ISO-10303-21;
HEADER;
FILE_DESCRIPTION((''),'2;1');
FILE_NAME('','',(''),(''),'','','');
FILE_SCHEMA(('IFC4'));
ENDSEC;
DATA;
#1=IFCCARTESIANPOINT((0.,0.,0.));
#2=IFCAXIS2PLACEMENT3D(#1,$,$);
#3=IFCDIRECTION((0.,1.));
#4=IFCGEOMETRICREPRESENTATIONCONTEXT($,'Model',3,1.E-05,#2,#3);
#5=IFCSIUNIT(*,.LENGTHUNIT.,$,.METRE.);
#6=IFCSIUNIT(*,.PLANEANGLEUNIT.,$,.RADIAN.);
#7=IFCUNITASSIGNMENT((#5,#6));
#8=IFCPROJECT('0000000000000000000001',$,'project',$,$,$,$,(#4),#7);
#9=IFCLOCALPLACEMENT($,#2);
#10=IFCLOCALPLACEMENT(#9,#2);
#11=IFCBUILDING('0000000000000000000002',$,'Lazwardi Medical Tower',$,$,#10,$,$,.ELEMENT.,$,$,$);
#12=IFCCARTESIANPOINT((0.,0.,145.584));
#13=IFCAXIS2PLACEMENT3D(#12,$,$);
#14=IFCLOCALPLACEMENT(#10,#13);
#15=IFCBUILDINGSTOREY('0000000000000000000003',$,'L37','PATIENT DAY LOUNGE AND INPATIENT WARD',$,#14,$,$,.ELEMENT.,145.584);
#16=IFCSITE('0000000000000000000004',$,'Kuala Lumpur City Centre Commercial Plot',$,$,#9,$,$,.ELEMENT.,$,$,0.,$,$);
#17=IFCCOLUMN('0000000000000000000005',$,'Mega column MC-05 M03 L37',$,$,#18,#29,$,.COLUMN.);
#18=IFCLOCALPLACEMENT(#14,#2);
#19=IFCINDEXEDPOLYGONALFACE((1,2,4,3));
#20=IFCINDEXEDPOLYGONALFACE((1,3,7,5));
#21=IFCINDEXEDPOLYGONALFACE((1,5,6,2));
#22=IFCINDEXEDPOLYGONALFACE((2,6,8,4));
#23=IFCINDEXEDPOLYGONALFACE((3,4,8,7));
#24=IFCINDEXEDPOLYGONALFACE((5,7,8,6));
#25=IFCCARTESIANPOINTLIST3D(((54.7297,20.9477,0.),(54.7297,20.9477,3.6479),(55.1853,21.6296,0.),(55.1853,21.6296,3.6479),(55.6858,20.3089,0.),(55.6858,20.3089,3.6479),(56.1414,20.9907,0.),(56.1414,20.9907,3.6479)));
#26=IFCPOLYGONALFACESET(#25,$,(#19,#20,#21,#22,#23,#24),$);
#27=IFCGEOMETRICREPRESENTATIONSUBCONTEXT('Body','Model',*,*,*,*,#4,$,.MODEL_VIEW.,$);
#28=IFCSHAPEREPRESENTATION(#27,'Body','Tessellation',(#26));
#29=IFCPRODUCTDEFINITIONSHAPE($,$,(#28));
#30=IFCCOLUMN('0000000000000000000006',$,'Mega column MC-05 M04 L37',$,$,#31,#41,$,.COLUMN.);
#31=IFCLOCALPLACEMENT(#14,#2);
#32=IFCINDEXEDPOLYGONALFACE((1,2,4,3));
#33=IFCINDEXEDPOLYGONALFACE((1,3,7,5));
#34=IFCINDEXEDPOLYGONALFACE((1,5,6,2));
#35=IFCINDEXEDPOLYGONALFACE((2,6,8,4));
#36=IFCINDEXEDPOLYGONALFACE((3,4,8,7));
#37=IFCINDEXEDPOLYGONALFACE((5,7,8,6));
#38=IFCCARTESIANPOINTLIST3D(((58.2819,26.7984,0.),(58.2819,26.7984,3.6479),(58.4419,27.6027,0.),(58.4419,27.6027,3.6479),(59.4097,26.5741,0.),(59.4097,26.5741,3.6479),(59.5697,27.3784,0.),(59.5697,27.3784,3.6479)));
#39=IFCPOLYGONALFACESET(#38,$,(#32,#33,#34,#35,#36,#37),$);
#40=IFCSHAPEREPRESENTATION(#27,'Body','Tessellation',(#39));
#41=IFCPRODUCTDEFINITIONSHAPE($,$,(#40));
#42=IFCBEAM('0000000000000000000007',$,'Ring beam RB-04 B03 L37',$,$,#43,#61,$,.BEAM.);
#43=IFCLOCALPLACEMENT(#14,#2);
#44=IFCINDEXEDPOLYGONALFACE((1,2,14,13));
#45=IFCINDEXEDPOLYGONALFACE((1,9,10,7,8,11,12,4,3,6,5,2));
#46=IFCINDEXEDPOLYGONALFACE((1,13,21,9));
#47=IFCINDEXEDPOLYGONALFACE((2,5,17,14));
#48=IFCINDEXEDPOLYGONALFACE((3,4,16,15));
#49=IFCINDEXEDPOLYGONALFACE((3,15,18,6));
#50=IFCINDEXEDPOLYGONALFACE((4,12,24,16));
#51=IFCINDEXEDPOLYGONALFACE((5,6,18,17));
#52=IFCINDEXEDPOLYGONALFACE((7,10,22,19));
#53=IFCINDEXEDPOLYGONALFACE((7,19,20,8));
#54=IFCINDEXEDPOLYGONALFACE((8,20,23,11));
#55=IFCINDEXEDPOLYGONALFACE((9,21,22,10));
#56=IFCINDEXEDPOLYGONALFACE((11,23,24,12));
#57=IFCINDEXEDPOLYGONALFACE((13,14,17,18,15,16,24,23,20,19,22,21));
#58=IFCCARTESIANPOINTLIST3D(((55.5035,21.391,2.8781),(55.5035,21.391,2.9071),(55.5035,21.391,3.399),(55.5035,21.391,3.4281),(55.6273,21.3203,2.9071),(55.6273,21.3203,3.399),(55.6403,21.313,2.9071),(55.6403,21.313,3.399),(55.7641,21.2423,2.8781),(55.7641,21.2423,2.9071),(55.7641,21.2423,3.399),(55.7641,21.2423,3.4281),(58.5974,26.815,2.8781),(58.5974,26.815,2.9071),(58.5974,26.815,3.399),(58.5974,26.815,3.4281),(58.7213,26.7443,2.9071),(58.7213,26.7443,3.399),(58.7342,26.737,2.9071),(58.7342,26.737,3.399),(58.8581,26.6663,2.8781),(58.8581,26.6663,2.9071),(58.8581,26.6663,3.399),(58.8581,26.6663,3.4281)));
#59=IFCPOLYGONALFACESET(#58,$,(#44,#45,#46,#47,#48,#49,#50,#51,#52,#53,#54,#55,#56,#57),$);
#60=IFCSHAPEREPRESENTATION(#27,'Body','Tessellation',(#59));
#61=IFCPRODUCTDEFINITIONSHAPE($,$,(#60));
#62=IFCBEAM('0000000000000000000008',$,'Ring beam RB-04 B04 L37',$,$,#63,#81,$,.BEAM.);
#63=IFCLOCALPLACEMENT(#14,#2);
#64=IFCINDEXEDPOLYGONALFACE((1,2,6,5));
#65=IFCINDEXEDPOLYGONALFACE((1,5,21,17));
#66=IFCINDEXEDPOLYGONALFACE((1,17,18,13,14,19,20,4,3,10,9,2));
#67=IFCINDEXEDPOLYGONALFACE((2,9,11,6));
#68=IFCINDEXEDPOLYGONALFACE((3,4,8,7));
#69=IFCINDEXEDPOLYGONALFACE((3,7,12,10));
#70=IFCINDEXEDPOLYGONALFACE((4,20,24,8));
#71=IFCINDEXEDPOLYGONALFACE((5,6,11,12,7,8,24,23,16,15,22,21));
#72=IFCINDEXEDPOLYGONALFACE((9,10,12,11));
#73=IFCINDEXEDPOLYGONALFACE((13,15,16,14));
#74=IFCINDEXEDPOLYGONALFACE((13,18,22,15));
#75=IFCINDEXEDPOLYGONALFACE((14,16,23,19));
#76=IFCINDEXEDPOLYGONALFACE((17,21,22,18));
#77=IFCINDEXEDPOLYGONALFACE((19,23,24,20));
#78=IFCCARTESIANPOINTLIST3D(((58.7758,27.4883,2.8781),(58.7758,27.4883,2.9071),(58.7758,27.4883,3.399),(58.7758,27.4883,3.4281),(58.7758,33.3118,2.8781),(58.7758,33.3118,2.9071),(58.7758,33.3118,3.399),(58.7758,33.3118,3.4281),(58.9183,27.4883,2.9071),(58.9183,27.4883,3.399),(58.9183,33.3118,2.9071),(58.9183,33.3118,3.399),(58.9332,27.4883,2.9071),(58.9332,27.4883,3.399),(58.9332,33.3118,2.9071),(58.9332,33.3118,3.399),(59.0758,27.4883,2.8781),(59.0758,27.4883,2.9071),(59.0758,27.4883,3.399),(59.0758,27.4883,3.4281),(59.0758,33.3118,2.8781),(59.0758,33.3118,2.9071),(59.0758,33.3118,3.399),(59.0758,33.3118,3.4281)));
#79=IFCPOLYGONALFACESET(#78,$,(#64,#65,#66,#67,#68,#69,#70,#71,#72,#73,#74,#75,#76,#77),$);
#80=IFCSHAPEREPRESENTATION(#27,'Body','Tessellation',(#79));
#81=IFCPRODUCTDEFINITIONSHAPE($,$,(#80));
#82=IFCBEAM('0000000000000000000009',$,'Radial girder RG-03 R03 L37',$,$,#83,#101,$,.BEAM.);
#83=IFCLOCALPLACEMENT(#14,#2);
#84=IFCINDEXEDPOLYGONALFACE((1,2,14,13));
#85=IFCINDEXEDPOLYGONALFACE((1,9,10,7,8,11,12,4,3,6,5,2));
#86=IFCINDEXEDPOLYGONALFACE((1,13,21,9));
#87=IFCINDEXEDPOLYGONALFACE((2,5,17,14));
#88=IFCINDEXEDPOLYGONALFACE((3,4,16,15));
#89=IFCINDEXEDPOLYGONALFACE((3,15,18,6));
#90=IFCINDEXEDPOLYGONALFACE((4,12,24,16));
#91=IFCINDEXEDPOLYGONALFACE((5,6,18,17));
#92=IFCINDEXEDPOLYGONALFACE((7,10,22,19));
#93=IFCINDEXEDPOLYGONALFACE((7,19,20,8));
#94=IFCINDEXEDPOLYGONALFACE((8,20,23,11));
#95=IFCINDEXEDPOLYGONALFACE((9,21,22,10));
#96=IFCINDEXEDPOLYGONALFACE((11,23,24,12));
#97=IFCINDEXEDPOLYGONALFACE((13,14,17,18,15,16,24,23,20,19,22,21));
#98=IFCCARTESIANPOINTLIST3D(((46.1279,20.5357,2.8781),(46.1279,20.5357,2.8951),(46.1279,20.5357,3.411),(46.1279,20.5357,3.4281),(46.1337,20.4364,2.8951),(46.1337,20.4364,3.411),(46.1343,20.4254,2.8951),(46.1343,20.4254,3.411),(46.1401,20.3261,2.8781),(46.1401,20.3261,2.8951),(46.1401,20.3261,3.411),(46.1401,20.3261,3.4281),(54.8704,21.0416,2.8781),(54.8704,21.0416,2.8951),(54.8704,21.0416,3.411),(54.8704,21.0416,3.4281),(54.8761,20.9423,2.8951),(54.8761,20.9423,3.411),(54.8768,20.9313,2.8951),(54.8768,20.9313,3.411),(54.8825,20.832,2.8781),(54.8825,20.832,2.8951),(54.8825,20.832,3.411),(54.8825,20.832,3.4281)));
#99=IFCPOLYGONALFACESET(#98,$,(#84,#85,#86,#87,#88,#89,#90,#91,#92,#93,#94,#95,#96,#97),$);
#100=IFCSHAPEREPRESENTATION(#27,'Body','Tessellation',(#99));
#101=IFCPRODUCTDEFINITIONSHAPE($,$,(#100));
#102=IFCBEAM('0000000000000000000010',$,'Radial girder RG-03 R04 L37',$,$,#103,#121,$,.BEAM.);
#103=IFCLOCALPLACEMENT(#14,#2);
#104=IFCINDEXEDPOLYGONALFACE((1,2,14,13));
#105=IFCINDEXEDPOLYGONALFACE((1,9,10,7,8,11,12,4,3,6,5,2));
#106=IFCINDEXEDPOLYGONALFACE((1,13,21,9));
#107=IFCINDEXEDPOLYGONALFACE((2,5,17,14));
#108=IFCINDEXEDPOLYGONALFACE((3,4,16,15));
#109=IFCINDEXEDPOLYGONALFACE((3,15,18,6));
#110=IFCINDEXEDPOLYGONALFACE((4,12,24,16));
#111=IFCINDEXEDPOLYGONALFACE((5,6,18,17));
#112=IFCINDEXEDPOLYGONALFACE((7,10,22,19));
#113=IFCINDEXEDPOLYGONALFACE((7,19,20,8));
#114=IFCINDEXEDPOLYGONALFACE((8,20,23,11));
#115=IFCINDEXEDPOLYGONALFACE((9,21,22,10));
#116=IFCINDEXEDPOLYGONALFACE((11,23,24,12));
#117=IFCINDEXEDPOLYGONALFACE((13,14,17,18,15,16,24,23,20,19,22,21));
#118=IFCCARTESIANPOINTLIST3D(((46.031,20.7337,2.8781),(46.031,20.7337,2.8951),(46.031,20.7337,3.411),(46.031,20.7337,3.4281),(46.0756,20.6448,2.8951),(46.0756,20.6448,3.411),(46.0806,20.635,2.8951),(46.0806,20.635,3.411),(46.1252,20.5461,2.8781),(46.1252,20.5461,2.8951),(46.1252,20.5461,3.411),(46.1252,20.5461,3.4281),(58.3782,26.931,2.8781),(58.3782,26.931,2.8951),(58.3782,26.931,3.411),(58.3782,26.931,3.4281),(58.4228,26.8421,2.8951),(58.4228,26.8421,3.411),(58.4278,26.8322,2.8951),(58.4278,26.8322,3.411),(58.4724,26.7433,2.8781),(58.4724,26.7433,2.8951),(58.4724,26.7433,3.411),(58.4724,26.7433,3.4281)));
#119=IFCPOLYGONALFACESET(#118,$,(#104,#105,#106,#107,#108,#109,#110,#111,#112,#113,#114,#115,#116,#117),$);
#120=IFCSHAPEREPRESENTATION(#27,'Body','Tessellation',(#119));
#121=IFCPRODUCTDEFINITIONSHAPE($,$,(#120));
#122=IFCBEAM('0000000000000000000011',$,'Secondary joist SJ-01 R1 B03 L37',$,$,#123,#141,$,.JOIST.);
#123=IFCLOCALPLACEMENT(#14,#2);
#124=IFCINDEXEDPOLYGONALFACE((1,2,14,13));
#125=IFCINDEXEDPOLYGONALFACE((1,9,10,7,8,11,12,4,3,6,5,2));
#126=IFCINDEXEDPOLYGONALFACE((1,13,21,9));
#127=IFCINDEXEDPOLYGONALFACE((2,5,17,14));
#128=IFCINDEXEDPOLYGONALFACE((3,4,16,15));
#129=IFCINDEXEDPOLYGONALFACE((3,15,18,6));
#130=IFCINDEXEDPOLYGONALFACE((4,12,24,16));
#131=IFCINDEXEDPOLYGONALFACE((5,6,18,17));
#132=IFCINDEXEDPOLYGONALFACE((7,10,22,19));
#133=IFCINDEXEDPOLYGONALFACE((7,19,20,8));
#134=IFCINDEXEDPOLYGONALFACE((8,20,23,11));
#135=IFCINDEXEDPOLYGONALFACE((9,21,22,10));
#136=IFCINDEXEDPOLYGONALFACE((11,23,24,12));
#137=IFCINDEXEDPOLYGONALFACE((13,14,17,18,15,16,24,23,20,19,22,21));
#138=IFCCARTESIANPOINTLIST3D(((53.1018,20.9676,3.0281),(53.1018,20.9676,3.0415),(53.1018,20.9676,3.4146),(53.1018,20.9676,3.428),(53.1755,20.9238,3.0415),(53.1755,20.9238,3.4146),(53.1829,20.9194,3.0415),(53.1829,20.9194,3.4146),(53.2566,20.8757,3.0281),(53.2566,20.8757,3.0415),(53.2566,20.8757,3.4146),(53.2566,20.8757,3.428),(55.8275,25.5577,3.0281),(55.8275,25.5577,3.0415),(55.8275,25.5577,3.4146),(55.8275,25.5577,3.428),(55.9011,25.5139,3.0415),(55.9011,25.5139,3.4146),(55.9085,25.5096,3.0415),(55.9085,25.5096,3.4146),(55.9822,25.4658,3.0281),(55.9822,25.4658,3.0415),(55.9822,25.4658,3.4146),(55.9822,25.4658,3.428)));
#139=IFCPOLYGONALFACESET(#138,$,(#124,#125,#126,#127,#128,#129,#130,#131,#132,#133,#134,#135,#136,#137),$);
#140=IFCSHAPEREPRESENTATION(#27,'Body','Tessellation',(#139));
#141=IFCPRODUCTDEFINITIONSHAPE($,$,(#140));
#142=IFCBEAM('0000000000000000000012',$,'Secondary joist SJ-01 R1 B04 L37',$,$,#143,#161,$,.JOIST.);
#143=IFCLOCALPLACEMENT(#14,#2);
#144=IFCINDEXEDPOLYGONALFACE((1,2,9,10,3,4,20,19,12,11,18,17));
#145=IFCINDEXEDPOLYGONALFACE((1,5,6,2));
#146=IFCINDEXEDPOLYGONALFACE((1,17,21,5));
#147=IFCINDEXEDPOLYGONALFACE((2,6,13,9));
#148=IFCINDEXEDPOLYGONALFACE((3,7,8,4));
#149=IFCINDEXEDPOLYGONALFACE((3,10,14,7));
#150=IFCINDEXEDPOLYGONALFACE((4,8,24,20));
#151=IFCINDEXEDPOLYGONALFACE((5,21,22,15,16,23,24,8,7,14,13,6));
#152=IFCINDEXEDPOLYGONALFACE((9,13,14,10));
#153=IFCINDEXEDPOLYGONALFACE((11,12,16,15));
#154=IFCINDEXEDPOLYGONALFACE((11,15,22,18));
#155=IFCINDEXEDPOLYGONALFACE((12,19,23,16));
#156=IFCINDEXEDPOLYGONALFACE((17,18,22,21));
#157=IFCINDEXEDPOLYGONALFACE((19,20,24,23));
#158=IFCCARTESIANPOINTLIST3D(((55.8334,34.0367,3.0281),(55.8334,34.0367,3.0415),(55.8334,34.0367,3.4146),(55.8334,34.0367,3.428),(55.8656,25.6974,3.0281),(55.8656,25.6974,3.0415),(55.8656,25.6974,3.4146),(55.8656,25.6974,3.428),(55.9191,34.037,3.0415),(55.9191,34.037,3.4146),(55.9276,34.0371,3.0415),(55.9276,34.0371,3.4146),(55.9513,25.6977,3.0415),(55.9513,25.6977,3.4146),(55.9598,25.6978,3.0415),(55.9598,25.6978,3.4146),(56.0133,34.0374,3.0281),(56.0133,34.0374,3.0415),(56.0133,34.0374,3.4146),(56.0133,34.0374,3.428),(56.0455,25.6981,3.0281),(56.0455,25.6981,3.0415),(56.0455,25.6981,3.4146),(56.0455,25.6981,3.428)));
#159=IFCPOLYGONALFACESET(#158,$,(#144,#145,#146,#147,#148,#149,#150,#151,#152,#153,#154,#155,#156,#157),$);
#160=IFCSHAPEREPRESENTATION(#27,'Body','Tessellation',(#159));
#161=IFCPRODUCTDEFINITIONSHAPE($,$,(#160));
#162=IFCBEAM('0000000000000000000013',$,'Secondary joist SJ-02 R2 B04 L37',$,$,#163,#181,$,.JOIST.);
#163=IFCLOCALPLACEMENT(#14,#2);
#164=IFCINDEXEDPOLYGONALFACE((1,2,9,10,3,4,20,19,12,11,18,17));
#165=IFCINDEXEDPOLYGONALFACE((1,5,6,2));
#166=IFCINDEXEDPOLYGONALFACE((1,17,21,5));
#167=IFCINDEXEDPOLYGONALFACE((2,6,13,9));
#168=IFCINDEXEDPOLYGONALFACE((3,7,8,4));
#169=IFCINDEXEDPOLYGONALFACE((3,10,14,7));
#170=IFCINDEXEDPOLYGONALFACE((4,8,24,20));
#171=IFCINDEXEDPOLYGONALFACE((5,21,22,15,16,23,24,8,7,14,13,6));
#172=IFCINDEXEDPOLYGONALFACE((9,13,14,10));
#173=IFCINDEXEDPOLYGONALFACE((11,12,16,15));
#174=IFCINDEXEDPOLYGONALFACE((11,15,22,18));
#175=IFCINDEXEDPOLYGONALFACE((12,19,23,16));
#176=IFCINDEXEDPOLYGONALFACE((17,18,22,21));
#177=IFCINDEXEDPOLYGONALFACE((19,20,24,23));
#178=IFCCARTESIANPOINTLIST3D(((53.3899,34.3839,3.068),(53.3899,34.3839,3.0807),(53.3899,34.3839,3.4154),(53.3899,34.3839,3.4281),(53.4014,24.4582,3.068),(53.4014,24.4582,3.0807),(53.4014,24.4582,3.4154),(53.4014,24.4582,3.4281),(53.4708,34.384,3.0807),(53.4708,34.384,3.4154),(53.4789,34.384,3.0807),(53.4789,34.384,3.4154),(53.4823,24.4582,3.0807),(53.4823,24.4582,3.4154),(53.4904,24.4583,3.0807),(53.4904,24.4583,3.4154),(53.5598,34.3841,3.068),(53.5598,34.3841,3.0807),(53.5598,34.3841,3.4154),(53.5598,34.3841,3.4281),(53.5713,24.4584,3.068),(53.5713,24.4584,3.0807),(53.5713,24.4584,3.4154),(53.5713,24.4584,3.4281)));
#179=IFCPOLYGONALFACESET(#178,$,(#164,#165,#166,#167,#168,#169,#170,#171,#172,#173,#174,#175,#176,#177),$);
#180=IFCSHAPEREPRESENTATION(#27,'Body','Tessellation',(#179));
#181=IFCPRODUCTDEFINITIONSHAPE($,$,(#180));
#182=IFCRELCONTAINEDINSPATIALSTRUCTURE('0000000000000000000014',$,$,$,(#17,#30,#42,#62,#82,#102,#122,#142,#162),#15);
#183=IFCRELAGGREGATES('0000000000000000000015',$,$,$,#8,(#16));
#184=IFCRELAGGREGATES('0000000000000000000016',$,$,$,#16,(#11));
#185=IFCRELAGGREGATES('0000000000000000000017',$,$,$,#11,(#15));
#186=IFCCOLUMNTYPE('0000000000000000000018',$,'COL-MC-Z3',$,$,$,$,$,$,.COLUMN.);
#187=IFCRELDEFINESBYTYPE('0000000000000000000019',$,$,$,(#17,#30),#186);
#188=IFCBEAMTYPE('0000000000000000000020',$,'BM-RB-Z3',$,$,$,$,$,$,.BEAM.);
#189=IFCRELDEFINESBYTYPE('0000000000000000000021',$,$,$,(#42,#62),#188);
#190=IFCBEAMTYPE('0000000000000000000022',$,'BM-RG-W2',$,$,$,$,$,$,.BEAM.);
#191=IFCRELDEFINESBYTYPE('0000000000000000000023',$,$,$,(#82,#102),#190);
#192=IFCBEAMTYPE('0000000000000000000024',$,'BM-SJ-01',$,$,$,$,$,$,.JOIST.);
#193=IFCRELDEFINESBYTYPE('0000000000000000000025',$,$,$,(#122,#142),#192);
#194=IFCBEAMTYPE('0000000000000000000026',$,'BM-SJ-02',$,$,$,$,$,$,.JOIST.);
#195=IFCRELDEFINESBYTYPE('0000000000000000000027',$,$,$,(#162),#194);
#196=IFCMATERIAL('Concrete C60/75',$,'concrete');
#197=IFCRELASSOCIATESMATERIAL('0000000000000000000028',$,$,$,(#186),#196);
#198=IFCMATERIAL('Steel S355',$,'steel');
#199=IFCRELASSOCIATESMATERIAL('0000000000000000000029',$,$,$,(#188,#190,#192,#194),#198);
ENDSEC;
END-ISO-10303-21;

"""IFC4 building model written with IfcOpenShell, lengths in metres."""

from ifc_helpers import new_model, si_unit, direction, frame, origin, origin_2d, place, context, subcontext, project, spatial, rectangle, i_section, extrude, material, material_profile, profile_set, type_object, element, save


model = new_model("IFC4")

# Units and contexts
model_context = context("Model", 3, precision=1e-05, world=origin(), true_north=direction((0.0, 1.0)))
body_context = subcontext(model_context, "Body", "Model", "MODEL_VIEW")
ifc_project = project(units=[si_unit("LENGTHUNIT", "METRE"), si_unit("PLANEANGLEUNIT", "RADIAN")], contexts=[model_context])

# Site, building, storey
site_placement = place(None, origin())
site = spatial("IfcSite", under=ifc_project, at=site_placement, Name="Kuala Lumpur City Centre Commercial Plot", CompositionType="ELEMENT", RefElevation=0.0)
building_placement = place(site_placement, origin())
building = spatial("IfcBuilding", under=site, at=building_placement, Name="Lazwardi Medical Tower", CompositionType="ELEMENT")
storey_placement = place(building_placement, frame((0.0, 0.0, 145.584)))
storey = spatial("IfcBuildingStorey", under=building, at=storey_placement, Name="L37", Description="PATIENT DAY LOUNGE AND INPATIENT WARD", CompositionType="ELEMENT", Elevation=145.584)

# Columns
ifc_material_1 = material(Name="Concrete C60/75", Category="concrete")
ifc_material_profile_1 = material_profile(ifc_material_1, rectangle(XDim=1.1499, YDim=0.8201, at=origin_2d()), Name="CFT-RECT 1150x820")
ifc_profile_set_1 = profile_set([ifc_material_profile_1], Name="Concrete C60/75")
column_type = type_object("IfcColumnType", Name="COL-MC-Z3", PredefinedType="COLUMN", material=ifc_profile_set_1)
for number, where, z_axis, x_axis, name in (
    (1, (55.4355, 20.9692, 0.0), (0.0, 0.0, 1.0), (0.83147, -0.55557, 0.0), "Mega column MC-05 M03 L37"),
    (2, (58.9258, 27.0884, 0.0), (0.0, 0.0, 1.0), (0.980785, -0.19509, 0.0), "Mega column MC-05 M04 L37"),
):
    element("IfcColumn", number, at=place(storey_placement, frame(where, z_axis=z_axis, x_axis=x_axis)), inside=storey, type_object=column_type, Name=name, PredefinedType="COLUMN", context=body_context, shape_type="SweptSolid", body=[
        extrude(rectangle(XDim=1.1499, YDim=0.8201, at=origin_2d()), origin(), (0.0, 0.0, 1.0), 3.6479),
    ])

# Beams
ifc_material_2 = material(Name="Steel S355", Category="steel")
ifc_material_profile_2 = material_profile(ifc_material_2, i_section(OverallWidth=0.3, OverallDepth=0.55, WebThickness=0.0149, FlangeThickness=0.0291, at=origin_2d()), Name="HEB 550")
ifc_profile_set_2 = profile_set([ifc_material_profile_2], Name="Steel S355")
beam_type_1 = type_object("IfcBeamType", Name="BM-RB-Z3", PredefinedType="BEAM", material=ifc_profile_set_2)
beam_1_placement = place(storey_placement, frame((55.6338, 21.3167, 3.1531), z_axis=(0.495478, 0.868621, 0.0), x_axis=(-0.868621, 0.495478, 0.0)))
element("IfcBeam", 3, at=beam_1_placement, inside=storey, type_object=beam_type_1, Name="Ring beam RB-04 B03 L37", PredefinedType="BEAM", context=body_context, shape_type="SweptSolid", body=[
    extrude(i_section(OverallWidth=0.3, OverallDepth=0.55, WebThickness=0.0149, FlangeThickness=0.0291, at=origin_2d()), origin(), (0.0, 0.0, 1.0), 6.2444),
])
beam_2_placement = place(storey_placement, frame((58.9258, 27.4883, 3.1531), z_axis=(0.0, 1.0, 0.0), x_axis=(-1.0, 0.0, 0.0)))
element("IfcBeam", 4, at=beam_2_placement, inside=storey, type_object=beam_type_1, Name="Ring beam RB-04 B04 L37", PredefinedType="BEAM", context=body_context, shape_type="SweptSolid", body=[
    extrude(i_section(OverallWidth=0.3, OverallDepth=0.55, WebThickness=0.0149, FlangeThickness=0.0291, at=origin_2d()), origin(), (0.0, 0.0, 1.0), 5.8235),
])
ifc_material_profile_3 = material_profile(ifc_material_2, i_section(OverallWidth=0.21, OverallDepth=0.55, WebThickness=0.011, FlangeThickness=0.0171, at=origin_2d()), Name="IPE 550")
ifc_profile_set_3 = profile_set([ifc_material_profile_3], Name="Steel S355")
beam_type_2 = type_object("IfcBeamType", Name="BM-RG-W2", PredefinedType="BEAM", material=ifc_profile_set_3)
beam_3_placement = place(storey_placement, frame((54.8765, 20.9368, 3.1531), z_axis=(-0.99833, -0.057766, 0.0), x_axis=(0.057766, -0.99833, 0.0)))
element("IfcBeam", 5, at=beam_3_placement, inside=storey, type_object=beam_type_2, Name="Radial girder RG-03 R03 L37", PredefinedType="BEAM", context=body_context, shape_type="SweptSolid", body=[
    extrude(i_section(OverallWidth=0.21, OverallDepth=0.55, WebThickness=0.011, FlangeThickness=0.0171, at=origin_2d()), origin(), (0.0, 0.0, 1.0), 8.7571),
])
beam_4_placement = place(storey_placement, frame((58.4253, 26.8372, 3.1531), z_axis=(-0.89374, -0.448584, 0.0), x_axis=(0.448584, -0.89374, 0.0)))
element("IfcBeam", 6, at=beam_4_placement, inside=storey, type_object=beam_type_2, Name="Radial girder RG-03 R04 L37", PredefinedType="BEAM", context=body_context, shape_type="SweptSolid", body=[
    extrude(i_section(OverallWidth=0.21, OverallDepth=0.55, WebThickness=0.011, FlangeThickness=0.0171, at=origin_2d()), origin(), (0.0, 0.0, 1.0), 13.8152),
])
ifc_material_profile_4 = material_profile(ifc_material_2, i_section(OverallWidth=0.1799, OverallDepth=0.3999, WebThickness=0.0085, FlangeThickness=0.0134, at=origin_2d()), Name="IPE 400")
ifc_profile_set_4 = profile_set([ifc_material_profile_4], Name="Steel S355")
beam_type_3 = type_object("IfcBeamType", Name="BM-SJ-01", PredefinedType="JOIST", material=ifc_profile_set_4)
beam_5_placement = place(storey_placement, frame((53.1792, 20.9216, 3.228), z_axis=(0.510569, 0.859837, 0.0), x_axis=(-0.859837, 0.510569, 0.0)))
element("IfcBeam", 7, at=beam_5_placement, inside=storey, type_object=beam_type_3, Name="Secondary joist SJ-01 R1 B03 L37", PredefinedType="JOIST", context=body_context, shape_type="SweptSolid", body=[
    extrude(i_section(OverallWidth=0.1799, OverallDepth=0.3999, WebThickness=0.0085, FlangeThickness=0.0134, at=origin_2d()), origin(), (0.0, 0.0, 1.0), 5.3384),
])
beam_6_placement = place(storey_placement, frame((55.9556, 25.6978, 3.228), z_axis=(-0.003864, 0.999993, 0.0), x_axis=(-0.999993, -0.003864, 0.0)))
element("IfcBeam", 8, at=beam_6_placement, inside=storey, type_object=beam_type_3, Name="Secondary joist SJ-01 R1 B04 L37", PredefinedType="JOIST", context=body_context, shape_type="SweptSolid", body=[
    extrude(i_section(OverallWidth=0.1799, OverallDepth=0.3999, WebThickness=0.0085, FlangeThickness=0.0134, at=origin_2d()), origin(), (0.0, 0.0, 1.0), 8.3394),
])
ifc_material_profile_5 = material_profile(ifc_material_2, i_section(OverallWidth=0.1699, OverallDepth=0.3601, WebThickness=0.0081, FlangeThickness=0.0127, at=origin_2d()), Name="IPE 360")
ifc_profile_set_5 = profile_set([ifc_material_profile_5], Name="Steel S355")
beam_type_4 = type_object("IfcBeamType", Name="BM-SJ-02", PredefinedType="JOIST", material=ifc_profile_set_5)
beam_7_placement = place(storey_placement, frame((53.4863, 24.4583, 3.248), z_axis=(-0.001156, 0.999999, 0.0), x_axis=(-0.999999, -0.001156, 0.0)))
element("IfcBeam", 9, at=beam_7_placement, inside=storey, type_object=beam_type_4, Name="Secondary joist SJ-02 R2 B04 L37", PredefinedType="JOIST", context=body_context, shape_type="SweptSolid", body=[
    extrude(i_section(OverallWidth=0.1699, OverallDepth=0.3601, WebThickness=0.0081, FlangeThickness=0.0127, at=origin_2d()), origin(), (0.0, 0.0, 1.0), 9.9258),
])

save(model, "model.ifc")
